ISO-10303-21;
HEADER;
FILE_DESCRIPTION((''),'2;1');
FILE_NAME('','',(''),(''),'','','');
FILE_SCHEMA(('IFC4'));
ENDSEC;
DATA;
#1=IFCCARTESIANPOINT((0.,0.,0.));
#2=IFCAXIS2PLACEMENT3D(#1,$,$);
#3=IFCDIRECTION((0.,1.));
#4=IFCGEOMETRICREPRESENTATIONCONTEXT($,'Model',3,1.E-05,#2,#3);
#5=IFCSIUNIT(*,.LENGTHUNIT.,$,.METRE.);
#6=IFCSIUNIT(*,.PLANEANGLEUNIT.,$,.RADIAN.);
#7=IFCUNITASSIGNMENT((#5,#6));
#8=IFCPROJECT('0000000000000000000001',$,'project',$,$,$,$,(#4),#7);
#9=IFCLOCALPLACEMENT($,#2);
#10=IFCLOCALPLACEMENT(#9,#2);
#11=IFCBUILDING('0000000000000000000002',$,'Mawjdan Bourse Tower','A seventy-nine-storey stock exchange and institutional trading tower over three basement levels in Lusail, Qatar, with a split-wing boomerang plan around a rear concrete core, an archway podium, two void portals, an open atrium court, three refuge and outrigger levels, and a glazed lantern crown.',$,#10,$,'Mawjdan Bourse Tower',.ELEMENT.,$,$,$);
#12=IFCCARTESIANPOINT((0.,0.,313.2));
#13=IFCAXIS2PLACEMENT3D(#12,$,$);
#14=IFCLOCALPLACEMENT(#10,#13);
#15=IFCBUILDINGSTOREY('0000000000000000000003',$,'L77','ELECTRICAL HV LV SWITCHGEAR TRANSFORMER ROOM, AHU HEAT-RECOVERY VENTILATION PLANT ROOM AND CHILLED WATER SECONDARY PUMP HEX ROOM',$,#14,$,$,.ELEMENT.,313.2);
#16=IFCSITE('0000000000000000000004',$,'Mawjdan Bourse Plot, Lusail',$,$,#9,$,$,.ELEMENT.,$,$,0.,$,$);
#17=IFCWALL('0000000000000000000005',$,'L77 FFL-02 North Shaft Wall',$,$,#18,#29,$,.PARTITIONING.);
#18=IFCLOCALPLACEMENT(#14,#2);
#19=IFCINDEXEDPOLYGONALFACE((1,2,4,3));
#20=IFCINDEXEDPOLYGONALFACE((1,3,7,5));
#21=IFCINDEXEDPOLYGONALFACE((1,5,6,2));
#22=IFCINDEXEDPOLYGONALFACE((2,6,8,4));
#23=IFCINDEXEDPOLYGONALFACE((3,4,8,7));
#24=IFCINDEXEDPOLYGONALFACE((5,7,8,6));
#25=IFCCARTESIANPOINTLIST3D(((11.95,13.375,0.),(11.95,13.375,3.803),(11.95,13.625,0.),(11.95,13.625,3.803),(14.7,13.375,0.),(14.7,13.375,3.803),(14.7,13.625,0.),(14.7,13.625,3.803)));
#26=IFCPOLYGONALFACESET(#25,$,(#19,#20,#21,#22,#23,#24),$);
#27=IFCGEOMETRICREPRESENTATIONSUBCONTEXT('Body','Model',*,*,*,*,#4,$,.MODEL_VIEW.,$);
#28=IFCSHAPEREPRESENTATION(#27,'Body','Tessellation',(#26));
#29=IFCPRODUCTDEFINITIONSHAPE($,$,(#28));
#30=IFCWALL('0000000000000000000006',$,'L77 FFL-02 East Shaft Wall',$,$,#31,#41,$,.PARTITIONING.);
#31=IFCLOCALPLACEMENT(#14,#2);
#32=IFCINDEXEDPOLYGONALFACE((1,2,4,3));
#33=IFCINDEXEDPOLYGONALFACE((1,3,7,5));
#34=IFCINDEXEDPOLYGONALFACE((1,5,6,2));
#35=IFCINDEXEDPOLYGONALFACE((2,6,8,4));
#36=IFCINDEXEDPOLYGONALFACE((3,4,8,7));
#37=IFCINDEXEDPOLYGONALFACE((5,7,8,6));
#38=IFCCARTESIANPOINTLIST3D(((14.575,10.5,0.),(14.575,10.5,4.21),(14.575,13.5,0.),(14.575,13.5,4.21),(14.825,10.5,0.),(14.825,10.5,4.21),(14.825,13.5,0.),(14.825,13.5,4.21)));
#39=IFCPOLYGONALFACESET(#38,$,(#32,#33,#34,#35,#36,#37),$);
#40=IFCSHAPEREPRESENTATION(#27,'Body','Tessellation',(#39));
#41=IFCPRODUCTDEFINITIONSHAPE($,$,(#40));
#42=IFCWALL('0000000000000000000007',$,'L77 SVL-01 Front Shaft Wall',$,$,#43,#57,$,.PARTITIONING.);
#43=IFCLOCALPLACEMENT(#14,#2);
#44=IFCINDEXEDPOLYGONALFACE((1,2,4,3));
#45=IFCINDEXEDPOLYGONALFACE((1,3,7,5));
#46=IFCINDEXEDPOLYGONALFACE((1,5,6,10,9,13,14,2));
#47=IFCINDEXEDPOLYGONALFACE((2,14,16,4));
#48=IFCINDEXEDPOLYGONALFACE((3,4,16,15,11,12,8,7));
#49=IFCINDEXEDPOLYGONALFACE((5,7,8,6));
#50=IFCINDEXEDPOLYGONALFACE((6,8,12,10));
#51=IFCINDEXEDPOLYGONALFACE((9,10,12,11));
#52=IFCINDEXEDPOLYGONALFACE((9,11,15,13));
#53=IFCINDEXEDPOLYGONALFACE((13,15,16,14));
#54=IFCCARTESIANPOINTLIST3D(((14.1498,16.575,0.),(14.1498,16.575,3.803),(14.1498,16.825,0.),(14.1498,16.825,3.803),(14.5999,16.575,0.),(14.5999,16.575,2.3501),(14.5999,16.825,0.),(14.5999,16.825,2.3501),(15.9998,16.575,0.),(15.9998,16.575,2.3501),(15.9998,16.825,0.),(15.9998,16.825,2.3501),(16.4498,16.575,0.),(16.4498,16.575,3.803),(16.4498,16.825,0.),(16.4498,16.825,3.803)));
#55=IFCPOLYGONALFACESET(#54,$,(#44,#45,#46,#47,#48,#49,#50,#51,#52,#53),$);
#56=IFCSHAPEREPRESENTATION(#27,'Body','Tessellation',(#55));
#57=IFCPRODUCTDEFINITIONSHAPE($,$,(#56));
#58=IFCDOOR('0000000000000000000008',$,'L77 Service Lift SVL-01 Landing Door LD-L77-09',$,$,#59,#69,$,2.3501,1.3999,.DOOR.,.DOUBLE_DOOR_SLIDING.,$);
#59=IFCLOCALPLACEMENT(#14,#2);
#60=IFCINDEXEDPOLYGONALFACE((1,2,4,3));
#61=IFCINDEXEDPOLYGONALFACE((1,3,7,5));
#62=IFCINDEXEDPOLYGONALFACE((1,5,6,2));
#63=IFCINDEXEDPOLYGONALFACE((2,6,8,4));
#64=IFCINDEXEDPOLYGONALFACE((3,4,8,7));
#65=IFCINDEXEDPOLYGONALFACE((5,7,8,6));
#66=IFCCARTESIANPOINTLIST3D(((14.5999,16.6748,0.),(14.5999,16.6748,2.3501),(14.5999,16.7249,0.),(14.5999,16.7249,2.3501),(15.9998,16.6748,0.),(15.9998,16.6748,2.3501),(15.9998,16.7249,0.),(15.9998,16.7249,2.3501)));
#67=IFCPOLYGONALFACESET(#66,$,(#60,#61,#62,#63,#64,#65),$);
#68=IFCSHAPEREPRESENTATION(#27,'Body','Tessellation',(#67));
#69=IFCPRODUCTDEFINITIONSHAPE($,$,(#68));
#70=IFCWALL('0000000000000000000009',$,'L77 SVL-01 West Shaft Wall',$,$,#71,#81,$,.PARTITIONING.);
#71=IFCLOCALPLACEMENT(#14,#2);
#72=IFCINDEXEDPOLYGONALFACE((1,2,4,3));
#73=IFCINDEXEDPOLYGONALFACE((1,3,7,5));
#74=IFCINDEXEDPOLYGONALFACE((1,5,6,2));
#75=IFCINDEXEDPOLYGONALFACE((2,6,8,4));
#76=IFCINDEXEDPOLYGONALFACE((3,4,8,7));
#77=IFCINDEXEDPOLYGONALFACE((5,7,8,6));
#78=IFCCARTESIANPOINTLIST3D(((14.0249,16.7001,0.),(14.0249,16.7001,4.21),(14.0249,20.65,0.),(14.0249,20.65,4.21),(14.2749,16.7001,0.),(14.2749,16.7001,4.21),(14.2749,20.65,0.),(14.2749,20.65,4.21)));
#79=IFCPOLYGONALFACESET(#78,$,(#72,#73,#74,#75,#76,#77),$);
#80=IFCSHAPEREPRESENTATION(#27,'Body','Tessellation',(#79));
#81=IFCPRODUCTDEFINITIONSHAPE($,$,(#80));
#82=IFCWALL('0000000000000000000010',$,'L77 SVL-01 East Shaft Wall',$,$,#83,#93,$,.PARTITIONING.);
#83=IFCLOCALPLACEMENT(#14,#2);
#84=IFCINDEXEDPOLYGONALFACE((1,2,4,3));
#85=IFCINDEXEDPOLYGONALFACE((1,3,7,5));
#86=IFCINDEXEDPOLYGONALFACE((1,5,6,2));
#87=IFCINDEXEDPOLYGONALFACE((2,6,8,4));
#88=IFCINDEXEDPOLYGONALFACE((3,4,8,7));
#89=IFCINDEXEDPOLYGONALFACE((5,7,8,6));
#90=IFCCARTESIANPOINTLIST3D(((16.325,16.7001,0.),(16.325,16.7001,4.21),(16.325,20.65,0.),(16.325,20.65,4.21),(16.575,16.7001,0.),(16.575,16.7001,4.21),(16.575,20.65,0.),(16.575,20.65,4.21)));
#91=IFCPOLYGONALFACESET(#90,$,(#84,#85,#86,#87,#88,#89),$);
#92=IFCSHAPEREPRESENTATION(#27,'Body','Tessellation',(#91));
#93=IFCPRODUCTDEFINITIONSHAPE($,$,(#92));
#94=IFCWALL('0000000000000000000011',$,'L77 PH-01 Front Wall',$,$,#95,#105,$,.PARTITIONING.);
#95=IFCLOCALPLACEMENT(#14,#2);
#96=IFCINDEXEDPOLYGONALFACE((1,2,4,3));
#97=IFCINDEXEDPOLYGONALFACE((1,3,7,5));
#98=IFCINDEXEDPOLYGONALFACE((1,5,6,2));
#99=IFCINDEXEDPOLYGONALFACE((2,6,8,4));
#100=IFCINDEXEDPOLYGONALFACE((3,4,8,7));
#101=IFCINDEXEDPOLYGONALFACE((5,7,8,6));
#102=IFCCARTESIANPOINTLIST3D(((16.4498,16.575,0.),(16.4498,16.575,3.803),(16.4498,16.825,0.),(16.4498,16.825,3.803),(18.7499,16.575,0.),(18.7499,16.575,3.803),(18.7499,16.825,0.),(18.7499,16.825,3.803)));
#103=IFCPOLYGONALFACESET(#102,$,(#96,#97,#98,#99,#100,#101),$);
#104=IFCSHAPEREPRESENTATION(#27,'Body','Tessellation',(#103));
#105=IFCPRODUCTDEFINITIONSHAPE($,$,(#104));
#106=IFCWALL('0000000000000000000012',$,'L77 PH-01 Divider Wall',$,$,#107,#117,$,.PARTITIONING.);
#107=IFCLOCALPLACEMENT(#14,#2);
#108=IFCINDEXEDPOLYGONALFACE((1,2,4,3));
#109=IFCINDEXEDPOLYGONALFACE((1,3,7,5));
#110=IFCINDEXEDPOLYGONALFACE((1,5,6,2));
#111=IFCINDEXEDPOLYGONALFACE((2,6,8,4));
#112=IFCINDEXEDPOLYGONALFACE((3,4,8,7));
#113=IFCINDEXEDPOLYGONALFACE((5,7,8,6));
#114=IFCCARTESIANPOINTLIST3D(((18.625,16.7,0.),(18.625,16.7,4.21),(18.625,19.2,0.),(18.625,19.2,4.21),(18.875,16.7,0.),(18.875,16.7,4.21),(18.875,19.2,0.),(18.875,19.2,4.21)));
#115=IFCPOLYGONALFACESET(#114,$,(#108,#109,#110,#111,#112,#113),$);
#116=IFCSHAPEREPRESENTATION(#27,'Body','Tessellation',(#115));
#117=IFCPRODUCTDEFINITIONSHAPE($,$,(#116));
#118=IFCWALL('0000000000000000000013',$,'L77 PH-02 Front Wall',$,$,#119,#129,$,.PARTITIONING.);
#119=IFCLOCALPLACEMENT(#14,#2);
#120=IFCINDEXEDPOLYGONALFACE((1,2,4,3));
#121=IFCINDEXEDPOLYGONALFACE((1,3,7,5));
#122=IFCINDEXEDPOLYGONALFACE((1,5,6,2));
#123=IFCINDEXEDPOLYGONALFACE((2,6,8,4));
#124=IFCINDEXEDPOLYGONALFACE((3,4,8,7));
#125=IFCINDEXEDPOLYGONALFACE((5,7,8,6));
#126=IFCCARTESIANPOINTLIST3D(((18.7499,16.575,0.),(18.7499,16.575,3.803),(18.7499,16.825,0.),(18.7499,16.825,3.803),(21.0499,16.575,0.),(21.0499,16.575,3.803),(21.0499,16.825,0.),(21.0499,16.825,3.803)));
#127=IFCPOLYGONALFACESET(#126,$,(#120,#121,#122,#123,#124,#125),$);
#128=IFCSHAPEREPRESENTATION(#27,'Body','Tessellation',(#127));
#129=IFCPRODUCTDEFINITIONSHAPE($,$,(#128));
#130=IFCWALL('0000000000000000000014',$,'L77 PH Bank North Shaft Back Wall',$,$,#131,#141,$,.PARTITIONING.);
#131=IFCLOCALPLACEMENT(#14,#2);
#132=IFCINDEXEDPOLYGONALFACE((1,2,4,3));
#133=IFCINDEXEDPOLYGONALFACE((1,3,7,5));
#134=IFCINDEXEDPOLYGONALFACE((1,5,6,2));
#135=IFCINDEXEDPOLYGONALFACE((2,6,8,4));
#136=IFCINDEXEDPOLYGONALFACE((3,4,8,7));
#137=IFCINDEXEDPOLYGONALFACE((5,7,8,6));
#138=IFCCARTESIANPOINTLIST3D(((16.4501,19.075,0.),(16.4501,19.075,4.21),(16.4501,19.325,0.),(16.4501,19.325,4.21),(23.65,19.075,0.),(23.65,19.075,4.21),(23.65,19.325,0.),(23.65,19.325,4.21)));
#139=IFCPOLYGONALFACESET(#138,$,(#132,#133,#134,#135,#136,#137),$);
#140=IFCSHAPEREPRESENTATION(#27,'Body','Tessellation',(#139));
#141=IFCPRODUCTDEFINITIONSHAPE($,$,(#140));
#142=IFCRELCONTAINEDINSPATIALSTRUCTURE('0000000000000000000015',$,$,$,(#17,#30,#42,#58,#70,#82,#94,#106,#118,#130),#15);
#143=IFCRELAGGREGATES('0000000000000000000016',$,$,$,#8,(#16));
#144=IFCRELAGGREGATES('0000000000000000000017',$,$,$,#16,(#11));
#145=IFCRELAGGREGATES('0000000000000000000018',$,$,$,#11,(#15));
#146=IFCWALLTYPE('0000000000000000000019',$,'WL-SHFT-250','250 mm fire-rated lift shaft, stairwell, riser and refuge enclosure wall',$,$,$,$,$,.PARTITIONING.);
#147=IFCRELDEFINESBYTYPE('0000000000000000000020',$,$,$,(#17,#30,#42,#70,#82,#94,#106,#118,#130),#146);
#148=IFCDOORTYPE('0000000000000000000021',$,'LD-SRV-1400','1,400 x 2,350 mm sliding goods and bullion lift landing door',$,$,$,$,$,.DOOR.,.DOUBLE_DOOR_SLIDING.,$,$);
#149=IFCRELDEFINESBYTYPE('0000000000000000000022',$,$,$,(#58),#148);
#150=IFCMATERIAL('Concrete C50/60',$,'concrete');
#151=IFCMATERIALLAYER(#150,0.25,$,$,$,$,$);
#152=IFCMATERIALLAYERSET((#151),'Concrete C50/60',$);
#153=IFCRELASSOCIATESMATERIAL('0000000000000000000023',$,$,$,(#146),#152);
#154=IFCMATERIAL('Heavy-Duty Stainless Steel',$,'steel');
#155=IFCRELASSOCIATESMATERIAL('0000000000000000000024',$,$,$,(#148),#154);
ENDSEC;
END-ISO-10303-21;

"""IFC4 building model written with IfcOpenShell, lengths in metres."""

from ifc_helpers import new_model, si_unit, direction, frame, frame_2d, origin, place, context, subcontext, project, spatial, rectangle, extrude, material, layer, layer_set, type_object, element, fill, save


model = new_model("IFC4")

# Units and contexts
model_context = context("Model", 3, precision=1e-05, world=origin(), true_north=direction((0.0, 1.0)))
body_context = subcontext(model_context, "Body", "Model", "MODEL_VIEW")
ifc_project = project(units=[si_unit("LENGTHUNIT", "METRE"), si_unit("PLANEANGLEUNIT", "RADIAN")], contexts=[model_context])

# Site, building, storey
site_placement = place(None, origin())
site = spatial("IfcSite", under=ifc_project, at=site_placement, Name="Mawjdan Bourse Plot, Lusail", CompositionType="ELEMENT", RefElevation=0.0)
building_placement = place(site_placement, origin())
building = spatial("IfcBuilding", under=site, at=building_placement, Name="Mawjdan Bourse Tower", Description="A seventy-nine-storey stock exchange and institutional trading tower over three basement levels in Lusail, Qatar, with a split-wing boomerang plan around a rear concrete core, an archway podium, two void portals, an open atrium court, three refuge and outrigger levels, and a glazed lantern crown.", LongName="Mawjdan Bourse Tower", CompositionType="ELEMENT")
storey_placement = place(building_placement, frame((0.0, 0.0, 313.2)))
storey = spatial("IfcBuildingStorey", under=building, at=storey_placement, Name="L77", Description="ELECTRICAL HV LV SWITCHGEAR TRANSFORMER ROOM, AHU HEAT-RECOVERY VENTILATION PLANT ROOM AND CHILLED WATER SECONDARY PUMP HEX ROOM", CompositionType="ELEMENT", Elevation=313.2)

# Walls
ifc_material_1 = material(Name="Concrete C50/60", Category="concrete")
ifc_layer_1 = layer(ifc_material_1, 0.25)
ifc_layer_set_1 = layer_set([ifc_layer_1], Name="Concrete C50/60")
wall_type_1 = type_object("IfcWallType", Name="WL-SHFT-250", Description="250 mm fire-rated lift shaft, stairwell, riser and refuge enclosure wall", PredefinedType="PARTITIONING", material=ifc_layer_set_1)
wall_1_placement = place(storey_placement, frame((11.95, 13.5, 0.0), z_axis=(0.0, 0.0, 1.0), x_axis=(1.0, 0.0, 0.0)))
element("IfcWall", 1, at=wall_1_placement, inside=storey, type_object=wall_type_1, Name="L77 FFL-02 North Shaft Wall", PredefinedType="PARTITIONING", context=body_context, shape_type="SweptSolid", body=[
    extrude(rectangle(XDim=2.75, YDim=0.25, at=frame_2d((1.375, 0.0))), origin(), (0.0, 0.0, 1.0), 3.803),
])
wall_2_placement = place(storey_placement, frame((14.7, 10.5, 0.0), z_axis=(0.0, 0.0, 1.0), x_axis=(0.0, 1.0, 0.0)))
element("IfcWall", 2, at=wall_2_placement, inside=storey, type_object=wall_type_1, Name="L77 FFL-02 East Shaft Wall", PredefinedType="PARTITIONING", context=body_context, shape_type="SweptSolid", body=[
    extrude(rectangle(XDim=3.0, YDim=0.25, at=frame_2d((1.5, 0.0))), origin(), (0.0, 0.0, 1.0), 4.21),
])

# Wall, opening, door
wall_3_placement = place(storey_placement, frame((14.1499, 16.7, 0.0), z_axis=(0.0, 0.0, 1.0), x_axis=(1.0, 0.0, 0.0)))
wall_3 = element("IfcWall", 3, at=wall_3_placement, inside=storey, type_object=wall_type_1, Name="L77 SVL-01 Front Shaft Wall", PredefinedType="PARTITIONING", context=body_context, shape_type="SweptSolid", body=[
    extrude(rectangle(XDim=2.3, YDim=0.25, at=frame_2d((1.1499, 0.0))), origin(), (0.0, 0.0, 1.0), 3.803),
])
opening_1_placement = place(wall_3_placement, frame((0.45, 0.0, 0.0)))
opening_1 = element("IfcOpeningElement", 4, at=opening_1_placement, cuts=wall_3, PredefinedType="OPENING", context=body_context, shape_type="SweptSolid", body=[
    extrude(rectangle(XDim=1.3999, YDim=2.3501, at=frame_2d((0.7, 1.175))), frame((0.0, 0.135, 0.0), z_axis=(0.0, -1.0, 0.0), x_axis=(1.0, 0.0, 0.0)), (0.0, 0.0, 1.0), 0.27),
])
ifc_material_2 = material(Name="Heavy-Duty Stainless Steel", Category="steel")
door_type_1 = type_object("IfcDoorType", Name="LD-SRV-1400", Description="1,400 x 2,350 mm sliding goods and bullion lift landing door", OperationType="DOUBLE_DOOR_SLIDING", PredefinedType="DOOR", material=ifc_material_2)
door_1_placement = place(opening_1_placement, origin())
door_1 = element("IfcDoor", 5, at=door_1_placement, inside=storey, type_object=door_type_1, Name="L77 Service Lift SVL-01 Landing Door LD-L77-09", OperationType="DOUBLE_DOOR_SLIDING", OverallHeight=2.3501, OverallWidth=1.3999, PredefinedType="DOOR", context=body_context, shape_type="SweptSolid", body=[
    extrude(rectangle(XDim=1.3999, YDim=2.3501, at=frame_2d((0.7, 1.175))), frame((0.0, 0.0249, 0.0), z_axis=(0.0, -1.0, 0.0), x_axis=(1.0, 0.0, 0.0)), (0.0, 0.0, 1.0), 0.05),
])
fill(opening_1, door_1)

# Walls
for number, where, z_axis, x_axis, name in (
    (6, (14.1499, 16.7, 0.0), (0.0, 0.0, 1.0), (0.0, 1.0, 0.0), "L77 SVL-01 West Shaft Wall"),
    (7, (16.45, 16.7, 0.0), (0.0, 0.0, 1.0), (0.0, 1.0, 0.0), "L77 SVL-01 East Shaft Wall"),
):
    element("IfcWall", number, at=place(storey_placement, frame(where, z_axis=z_axis, x_axis=x_axis)), inside=storey, type_object=wall_type_1, Name=name, PredefinedType="PARTITIONING", context=body_context, shape_type="SweptSolid", body=[
        extrude(rectangle(XDim=3.95, YDim=0.25, at=frame_2d((1.9751, 0.0))), origin(), (0.0, 0.0, 1.0), 4.21),
    ])
wall_4_placement = place(storey_placement, frame((16.45, 16.7, 0.0), z_axis=(0.0, 0.0, 1.0), x_axis=(1.0, 0.0, 0.0)))
element("IfcWall", 8, at=wall_4_placement, inside=storey, type_object=wall_type_1, Name="L77 PH-01 Front Wall", PredefinedType="PARTITIONING", context=body_context, shape_type="SweptSolid", body=[
    extrude(rectangle(XDim=2.3, YDim=0.25, at=frame_2d((1.1499, 0.0))), origin(), (0.0, 0.0, 1.0), 3.803),
])
wall_5_placement = place(storey_placement, frame((18.75, 16.7, 0.0), z_axis=(0.0, 0.0, 1.0), x_axis=(0.0, 1.0, 0.0)))
element("IfcWall", 9, at=wall_5_placement, inside=storey, type_object=wall_type_1, Name="L77 PH-01 Divider Wall", PredefinedType="PARTITIONING", context=body_context, shape_type="SweptSolid", body=[
    extrude(rectangle(XDim=2.5, YDim=0.25, at=frame_2d((1.25, 0.0))), origin(), (0.0, 0.0, 1.0), 4.21),
])
wall_6_placement = place(storey_placement, frame((18.75, 16.7, 0.0), z_axis=(0.0, 0.0, 1.0), x_axis=(1.0, 0.0, 0.0)))
element("IfcWall", 10, at=wall_6_placement, inside=storey, type_object=wall_type_1, Name="L77 PH-02 Front Wall", PredefinedType="PARTITIONING", context=body_context, shape_type="SweptSolid", body=[
    extrude(rectangle(XDim=2.3, YDim=0.25, at=frame_2d((1.1499, 0.0))), origin(), (0.0, 0.0, 1.0), 3.803),
])
wall_7_placement = place(storey_placement, frame((16.45, 19.2, 0.0), z_axis=(0.0, 0.0, 1.0), x_axis=(1.0, 0.0, 0.0)))
element("IfcWall", 11, at=wall_7_placement, inside=storey, type_object=wall_type_1, Name="L77 PH Bank North Shaft Back Wall", PredefinedType="PARTITIONING", context=body_context, shape_type="SweptSolid", body=[
    extrude(rectangle(XDim=7.2, YDim=0.25, at=frame_2d((3.6001, 0.0))), origin(), (0.0, 0.0, 1.0), 4.21),
])

save(model, "model.ifc")
